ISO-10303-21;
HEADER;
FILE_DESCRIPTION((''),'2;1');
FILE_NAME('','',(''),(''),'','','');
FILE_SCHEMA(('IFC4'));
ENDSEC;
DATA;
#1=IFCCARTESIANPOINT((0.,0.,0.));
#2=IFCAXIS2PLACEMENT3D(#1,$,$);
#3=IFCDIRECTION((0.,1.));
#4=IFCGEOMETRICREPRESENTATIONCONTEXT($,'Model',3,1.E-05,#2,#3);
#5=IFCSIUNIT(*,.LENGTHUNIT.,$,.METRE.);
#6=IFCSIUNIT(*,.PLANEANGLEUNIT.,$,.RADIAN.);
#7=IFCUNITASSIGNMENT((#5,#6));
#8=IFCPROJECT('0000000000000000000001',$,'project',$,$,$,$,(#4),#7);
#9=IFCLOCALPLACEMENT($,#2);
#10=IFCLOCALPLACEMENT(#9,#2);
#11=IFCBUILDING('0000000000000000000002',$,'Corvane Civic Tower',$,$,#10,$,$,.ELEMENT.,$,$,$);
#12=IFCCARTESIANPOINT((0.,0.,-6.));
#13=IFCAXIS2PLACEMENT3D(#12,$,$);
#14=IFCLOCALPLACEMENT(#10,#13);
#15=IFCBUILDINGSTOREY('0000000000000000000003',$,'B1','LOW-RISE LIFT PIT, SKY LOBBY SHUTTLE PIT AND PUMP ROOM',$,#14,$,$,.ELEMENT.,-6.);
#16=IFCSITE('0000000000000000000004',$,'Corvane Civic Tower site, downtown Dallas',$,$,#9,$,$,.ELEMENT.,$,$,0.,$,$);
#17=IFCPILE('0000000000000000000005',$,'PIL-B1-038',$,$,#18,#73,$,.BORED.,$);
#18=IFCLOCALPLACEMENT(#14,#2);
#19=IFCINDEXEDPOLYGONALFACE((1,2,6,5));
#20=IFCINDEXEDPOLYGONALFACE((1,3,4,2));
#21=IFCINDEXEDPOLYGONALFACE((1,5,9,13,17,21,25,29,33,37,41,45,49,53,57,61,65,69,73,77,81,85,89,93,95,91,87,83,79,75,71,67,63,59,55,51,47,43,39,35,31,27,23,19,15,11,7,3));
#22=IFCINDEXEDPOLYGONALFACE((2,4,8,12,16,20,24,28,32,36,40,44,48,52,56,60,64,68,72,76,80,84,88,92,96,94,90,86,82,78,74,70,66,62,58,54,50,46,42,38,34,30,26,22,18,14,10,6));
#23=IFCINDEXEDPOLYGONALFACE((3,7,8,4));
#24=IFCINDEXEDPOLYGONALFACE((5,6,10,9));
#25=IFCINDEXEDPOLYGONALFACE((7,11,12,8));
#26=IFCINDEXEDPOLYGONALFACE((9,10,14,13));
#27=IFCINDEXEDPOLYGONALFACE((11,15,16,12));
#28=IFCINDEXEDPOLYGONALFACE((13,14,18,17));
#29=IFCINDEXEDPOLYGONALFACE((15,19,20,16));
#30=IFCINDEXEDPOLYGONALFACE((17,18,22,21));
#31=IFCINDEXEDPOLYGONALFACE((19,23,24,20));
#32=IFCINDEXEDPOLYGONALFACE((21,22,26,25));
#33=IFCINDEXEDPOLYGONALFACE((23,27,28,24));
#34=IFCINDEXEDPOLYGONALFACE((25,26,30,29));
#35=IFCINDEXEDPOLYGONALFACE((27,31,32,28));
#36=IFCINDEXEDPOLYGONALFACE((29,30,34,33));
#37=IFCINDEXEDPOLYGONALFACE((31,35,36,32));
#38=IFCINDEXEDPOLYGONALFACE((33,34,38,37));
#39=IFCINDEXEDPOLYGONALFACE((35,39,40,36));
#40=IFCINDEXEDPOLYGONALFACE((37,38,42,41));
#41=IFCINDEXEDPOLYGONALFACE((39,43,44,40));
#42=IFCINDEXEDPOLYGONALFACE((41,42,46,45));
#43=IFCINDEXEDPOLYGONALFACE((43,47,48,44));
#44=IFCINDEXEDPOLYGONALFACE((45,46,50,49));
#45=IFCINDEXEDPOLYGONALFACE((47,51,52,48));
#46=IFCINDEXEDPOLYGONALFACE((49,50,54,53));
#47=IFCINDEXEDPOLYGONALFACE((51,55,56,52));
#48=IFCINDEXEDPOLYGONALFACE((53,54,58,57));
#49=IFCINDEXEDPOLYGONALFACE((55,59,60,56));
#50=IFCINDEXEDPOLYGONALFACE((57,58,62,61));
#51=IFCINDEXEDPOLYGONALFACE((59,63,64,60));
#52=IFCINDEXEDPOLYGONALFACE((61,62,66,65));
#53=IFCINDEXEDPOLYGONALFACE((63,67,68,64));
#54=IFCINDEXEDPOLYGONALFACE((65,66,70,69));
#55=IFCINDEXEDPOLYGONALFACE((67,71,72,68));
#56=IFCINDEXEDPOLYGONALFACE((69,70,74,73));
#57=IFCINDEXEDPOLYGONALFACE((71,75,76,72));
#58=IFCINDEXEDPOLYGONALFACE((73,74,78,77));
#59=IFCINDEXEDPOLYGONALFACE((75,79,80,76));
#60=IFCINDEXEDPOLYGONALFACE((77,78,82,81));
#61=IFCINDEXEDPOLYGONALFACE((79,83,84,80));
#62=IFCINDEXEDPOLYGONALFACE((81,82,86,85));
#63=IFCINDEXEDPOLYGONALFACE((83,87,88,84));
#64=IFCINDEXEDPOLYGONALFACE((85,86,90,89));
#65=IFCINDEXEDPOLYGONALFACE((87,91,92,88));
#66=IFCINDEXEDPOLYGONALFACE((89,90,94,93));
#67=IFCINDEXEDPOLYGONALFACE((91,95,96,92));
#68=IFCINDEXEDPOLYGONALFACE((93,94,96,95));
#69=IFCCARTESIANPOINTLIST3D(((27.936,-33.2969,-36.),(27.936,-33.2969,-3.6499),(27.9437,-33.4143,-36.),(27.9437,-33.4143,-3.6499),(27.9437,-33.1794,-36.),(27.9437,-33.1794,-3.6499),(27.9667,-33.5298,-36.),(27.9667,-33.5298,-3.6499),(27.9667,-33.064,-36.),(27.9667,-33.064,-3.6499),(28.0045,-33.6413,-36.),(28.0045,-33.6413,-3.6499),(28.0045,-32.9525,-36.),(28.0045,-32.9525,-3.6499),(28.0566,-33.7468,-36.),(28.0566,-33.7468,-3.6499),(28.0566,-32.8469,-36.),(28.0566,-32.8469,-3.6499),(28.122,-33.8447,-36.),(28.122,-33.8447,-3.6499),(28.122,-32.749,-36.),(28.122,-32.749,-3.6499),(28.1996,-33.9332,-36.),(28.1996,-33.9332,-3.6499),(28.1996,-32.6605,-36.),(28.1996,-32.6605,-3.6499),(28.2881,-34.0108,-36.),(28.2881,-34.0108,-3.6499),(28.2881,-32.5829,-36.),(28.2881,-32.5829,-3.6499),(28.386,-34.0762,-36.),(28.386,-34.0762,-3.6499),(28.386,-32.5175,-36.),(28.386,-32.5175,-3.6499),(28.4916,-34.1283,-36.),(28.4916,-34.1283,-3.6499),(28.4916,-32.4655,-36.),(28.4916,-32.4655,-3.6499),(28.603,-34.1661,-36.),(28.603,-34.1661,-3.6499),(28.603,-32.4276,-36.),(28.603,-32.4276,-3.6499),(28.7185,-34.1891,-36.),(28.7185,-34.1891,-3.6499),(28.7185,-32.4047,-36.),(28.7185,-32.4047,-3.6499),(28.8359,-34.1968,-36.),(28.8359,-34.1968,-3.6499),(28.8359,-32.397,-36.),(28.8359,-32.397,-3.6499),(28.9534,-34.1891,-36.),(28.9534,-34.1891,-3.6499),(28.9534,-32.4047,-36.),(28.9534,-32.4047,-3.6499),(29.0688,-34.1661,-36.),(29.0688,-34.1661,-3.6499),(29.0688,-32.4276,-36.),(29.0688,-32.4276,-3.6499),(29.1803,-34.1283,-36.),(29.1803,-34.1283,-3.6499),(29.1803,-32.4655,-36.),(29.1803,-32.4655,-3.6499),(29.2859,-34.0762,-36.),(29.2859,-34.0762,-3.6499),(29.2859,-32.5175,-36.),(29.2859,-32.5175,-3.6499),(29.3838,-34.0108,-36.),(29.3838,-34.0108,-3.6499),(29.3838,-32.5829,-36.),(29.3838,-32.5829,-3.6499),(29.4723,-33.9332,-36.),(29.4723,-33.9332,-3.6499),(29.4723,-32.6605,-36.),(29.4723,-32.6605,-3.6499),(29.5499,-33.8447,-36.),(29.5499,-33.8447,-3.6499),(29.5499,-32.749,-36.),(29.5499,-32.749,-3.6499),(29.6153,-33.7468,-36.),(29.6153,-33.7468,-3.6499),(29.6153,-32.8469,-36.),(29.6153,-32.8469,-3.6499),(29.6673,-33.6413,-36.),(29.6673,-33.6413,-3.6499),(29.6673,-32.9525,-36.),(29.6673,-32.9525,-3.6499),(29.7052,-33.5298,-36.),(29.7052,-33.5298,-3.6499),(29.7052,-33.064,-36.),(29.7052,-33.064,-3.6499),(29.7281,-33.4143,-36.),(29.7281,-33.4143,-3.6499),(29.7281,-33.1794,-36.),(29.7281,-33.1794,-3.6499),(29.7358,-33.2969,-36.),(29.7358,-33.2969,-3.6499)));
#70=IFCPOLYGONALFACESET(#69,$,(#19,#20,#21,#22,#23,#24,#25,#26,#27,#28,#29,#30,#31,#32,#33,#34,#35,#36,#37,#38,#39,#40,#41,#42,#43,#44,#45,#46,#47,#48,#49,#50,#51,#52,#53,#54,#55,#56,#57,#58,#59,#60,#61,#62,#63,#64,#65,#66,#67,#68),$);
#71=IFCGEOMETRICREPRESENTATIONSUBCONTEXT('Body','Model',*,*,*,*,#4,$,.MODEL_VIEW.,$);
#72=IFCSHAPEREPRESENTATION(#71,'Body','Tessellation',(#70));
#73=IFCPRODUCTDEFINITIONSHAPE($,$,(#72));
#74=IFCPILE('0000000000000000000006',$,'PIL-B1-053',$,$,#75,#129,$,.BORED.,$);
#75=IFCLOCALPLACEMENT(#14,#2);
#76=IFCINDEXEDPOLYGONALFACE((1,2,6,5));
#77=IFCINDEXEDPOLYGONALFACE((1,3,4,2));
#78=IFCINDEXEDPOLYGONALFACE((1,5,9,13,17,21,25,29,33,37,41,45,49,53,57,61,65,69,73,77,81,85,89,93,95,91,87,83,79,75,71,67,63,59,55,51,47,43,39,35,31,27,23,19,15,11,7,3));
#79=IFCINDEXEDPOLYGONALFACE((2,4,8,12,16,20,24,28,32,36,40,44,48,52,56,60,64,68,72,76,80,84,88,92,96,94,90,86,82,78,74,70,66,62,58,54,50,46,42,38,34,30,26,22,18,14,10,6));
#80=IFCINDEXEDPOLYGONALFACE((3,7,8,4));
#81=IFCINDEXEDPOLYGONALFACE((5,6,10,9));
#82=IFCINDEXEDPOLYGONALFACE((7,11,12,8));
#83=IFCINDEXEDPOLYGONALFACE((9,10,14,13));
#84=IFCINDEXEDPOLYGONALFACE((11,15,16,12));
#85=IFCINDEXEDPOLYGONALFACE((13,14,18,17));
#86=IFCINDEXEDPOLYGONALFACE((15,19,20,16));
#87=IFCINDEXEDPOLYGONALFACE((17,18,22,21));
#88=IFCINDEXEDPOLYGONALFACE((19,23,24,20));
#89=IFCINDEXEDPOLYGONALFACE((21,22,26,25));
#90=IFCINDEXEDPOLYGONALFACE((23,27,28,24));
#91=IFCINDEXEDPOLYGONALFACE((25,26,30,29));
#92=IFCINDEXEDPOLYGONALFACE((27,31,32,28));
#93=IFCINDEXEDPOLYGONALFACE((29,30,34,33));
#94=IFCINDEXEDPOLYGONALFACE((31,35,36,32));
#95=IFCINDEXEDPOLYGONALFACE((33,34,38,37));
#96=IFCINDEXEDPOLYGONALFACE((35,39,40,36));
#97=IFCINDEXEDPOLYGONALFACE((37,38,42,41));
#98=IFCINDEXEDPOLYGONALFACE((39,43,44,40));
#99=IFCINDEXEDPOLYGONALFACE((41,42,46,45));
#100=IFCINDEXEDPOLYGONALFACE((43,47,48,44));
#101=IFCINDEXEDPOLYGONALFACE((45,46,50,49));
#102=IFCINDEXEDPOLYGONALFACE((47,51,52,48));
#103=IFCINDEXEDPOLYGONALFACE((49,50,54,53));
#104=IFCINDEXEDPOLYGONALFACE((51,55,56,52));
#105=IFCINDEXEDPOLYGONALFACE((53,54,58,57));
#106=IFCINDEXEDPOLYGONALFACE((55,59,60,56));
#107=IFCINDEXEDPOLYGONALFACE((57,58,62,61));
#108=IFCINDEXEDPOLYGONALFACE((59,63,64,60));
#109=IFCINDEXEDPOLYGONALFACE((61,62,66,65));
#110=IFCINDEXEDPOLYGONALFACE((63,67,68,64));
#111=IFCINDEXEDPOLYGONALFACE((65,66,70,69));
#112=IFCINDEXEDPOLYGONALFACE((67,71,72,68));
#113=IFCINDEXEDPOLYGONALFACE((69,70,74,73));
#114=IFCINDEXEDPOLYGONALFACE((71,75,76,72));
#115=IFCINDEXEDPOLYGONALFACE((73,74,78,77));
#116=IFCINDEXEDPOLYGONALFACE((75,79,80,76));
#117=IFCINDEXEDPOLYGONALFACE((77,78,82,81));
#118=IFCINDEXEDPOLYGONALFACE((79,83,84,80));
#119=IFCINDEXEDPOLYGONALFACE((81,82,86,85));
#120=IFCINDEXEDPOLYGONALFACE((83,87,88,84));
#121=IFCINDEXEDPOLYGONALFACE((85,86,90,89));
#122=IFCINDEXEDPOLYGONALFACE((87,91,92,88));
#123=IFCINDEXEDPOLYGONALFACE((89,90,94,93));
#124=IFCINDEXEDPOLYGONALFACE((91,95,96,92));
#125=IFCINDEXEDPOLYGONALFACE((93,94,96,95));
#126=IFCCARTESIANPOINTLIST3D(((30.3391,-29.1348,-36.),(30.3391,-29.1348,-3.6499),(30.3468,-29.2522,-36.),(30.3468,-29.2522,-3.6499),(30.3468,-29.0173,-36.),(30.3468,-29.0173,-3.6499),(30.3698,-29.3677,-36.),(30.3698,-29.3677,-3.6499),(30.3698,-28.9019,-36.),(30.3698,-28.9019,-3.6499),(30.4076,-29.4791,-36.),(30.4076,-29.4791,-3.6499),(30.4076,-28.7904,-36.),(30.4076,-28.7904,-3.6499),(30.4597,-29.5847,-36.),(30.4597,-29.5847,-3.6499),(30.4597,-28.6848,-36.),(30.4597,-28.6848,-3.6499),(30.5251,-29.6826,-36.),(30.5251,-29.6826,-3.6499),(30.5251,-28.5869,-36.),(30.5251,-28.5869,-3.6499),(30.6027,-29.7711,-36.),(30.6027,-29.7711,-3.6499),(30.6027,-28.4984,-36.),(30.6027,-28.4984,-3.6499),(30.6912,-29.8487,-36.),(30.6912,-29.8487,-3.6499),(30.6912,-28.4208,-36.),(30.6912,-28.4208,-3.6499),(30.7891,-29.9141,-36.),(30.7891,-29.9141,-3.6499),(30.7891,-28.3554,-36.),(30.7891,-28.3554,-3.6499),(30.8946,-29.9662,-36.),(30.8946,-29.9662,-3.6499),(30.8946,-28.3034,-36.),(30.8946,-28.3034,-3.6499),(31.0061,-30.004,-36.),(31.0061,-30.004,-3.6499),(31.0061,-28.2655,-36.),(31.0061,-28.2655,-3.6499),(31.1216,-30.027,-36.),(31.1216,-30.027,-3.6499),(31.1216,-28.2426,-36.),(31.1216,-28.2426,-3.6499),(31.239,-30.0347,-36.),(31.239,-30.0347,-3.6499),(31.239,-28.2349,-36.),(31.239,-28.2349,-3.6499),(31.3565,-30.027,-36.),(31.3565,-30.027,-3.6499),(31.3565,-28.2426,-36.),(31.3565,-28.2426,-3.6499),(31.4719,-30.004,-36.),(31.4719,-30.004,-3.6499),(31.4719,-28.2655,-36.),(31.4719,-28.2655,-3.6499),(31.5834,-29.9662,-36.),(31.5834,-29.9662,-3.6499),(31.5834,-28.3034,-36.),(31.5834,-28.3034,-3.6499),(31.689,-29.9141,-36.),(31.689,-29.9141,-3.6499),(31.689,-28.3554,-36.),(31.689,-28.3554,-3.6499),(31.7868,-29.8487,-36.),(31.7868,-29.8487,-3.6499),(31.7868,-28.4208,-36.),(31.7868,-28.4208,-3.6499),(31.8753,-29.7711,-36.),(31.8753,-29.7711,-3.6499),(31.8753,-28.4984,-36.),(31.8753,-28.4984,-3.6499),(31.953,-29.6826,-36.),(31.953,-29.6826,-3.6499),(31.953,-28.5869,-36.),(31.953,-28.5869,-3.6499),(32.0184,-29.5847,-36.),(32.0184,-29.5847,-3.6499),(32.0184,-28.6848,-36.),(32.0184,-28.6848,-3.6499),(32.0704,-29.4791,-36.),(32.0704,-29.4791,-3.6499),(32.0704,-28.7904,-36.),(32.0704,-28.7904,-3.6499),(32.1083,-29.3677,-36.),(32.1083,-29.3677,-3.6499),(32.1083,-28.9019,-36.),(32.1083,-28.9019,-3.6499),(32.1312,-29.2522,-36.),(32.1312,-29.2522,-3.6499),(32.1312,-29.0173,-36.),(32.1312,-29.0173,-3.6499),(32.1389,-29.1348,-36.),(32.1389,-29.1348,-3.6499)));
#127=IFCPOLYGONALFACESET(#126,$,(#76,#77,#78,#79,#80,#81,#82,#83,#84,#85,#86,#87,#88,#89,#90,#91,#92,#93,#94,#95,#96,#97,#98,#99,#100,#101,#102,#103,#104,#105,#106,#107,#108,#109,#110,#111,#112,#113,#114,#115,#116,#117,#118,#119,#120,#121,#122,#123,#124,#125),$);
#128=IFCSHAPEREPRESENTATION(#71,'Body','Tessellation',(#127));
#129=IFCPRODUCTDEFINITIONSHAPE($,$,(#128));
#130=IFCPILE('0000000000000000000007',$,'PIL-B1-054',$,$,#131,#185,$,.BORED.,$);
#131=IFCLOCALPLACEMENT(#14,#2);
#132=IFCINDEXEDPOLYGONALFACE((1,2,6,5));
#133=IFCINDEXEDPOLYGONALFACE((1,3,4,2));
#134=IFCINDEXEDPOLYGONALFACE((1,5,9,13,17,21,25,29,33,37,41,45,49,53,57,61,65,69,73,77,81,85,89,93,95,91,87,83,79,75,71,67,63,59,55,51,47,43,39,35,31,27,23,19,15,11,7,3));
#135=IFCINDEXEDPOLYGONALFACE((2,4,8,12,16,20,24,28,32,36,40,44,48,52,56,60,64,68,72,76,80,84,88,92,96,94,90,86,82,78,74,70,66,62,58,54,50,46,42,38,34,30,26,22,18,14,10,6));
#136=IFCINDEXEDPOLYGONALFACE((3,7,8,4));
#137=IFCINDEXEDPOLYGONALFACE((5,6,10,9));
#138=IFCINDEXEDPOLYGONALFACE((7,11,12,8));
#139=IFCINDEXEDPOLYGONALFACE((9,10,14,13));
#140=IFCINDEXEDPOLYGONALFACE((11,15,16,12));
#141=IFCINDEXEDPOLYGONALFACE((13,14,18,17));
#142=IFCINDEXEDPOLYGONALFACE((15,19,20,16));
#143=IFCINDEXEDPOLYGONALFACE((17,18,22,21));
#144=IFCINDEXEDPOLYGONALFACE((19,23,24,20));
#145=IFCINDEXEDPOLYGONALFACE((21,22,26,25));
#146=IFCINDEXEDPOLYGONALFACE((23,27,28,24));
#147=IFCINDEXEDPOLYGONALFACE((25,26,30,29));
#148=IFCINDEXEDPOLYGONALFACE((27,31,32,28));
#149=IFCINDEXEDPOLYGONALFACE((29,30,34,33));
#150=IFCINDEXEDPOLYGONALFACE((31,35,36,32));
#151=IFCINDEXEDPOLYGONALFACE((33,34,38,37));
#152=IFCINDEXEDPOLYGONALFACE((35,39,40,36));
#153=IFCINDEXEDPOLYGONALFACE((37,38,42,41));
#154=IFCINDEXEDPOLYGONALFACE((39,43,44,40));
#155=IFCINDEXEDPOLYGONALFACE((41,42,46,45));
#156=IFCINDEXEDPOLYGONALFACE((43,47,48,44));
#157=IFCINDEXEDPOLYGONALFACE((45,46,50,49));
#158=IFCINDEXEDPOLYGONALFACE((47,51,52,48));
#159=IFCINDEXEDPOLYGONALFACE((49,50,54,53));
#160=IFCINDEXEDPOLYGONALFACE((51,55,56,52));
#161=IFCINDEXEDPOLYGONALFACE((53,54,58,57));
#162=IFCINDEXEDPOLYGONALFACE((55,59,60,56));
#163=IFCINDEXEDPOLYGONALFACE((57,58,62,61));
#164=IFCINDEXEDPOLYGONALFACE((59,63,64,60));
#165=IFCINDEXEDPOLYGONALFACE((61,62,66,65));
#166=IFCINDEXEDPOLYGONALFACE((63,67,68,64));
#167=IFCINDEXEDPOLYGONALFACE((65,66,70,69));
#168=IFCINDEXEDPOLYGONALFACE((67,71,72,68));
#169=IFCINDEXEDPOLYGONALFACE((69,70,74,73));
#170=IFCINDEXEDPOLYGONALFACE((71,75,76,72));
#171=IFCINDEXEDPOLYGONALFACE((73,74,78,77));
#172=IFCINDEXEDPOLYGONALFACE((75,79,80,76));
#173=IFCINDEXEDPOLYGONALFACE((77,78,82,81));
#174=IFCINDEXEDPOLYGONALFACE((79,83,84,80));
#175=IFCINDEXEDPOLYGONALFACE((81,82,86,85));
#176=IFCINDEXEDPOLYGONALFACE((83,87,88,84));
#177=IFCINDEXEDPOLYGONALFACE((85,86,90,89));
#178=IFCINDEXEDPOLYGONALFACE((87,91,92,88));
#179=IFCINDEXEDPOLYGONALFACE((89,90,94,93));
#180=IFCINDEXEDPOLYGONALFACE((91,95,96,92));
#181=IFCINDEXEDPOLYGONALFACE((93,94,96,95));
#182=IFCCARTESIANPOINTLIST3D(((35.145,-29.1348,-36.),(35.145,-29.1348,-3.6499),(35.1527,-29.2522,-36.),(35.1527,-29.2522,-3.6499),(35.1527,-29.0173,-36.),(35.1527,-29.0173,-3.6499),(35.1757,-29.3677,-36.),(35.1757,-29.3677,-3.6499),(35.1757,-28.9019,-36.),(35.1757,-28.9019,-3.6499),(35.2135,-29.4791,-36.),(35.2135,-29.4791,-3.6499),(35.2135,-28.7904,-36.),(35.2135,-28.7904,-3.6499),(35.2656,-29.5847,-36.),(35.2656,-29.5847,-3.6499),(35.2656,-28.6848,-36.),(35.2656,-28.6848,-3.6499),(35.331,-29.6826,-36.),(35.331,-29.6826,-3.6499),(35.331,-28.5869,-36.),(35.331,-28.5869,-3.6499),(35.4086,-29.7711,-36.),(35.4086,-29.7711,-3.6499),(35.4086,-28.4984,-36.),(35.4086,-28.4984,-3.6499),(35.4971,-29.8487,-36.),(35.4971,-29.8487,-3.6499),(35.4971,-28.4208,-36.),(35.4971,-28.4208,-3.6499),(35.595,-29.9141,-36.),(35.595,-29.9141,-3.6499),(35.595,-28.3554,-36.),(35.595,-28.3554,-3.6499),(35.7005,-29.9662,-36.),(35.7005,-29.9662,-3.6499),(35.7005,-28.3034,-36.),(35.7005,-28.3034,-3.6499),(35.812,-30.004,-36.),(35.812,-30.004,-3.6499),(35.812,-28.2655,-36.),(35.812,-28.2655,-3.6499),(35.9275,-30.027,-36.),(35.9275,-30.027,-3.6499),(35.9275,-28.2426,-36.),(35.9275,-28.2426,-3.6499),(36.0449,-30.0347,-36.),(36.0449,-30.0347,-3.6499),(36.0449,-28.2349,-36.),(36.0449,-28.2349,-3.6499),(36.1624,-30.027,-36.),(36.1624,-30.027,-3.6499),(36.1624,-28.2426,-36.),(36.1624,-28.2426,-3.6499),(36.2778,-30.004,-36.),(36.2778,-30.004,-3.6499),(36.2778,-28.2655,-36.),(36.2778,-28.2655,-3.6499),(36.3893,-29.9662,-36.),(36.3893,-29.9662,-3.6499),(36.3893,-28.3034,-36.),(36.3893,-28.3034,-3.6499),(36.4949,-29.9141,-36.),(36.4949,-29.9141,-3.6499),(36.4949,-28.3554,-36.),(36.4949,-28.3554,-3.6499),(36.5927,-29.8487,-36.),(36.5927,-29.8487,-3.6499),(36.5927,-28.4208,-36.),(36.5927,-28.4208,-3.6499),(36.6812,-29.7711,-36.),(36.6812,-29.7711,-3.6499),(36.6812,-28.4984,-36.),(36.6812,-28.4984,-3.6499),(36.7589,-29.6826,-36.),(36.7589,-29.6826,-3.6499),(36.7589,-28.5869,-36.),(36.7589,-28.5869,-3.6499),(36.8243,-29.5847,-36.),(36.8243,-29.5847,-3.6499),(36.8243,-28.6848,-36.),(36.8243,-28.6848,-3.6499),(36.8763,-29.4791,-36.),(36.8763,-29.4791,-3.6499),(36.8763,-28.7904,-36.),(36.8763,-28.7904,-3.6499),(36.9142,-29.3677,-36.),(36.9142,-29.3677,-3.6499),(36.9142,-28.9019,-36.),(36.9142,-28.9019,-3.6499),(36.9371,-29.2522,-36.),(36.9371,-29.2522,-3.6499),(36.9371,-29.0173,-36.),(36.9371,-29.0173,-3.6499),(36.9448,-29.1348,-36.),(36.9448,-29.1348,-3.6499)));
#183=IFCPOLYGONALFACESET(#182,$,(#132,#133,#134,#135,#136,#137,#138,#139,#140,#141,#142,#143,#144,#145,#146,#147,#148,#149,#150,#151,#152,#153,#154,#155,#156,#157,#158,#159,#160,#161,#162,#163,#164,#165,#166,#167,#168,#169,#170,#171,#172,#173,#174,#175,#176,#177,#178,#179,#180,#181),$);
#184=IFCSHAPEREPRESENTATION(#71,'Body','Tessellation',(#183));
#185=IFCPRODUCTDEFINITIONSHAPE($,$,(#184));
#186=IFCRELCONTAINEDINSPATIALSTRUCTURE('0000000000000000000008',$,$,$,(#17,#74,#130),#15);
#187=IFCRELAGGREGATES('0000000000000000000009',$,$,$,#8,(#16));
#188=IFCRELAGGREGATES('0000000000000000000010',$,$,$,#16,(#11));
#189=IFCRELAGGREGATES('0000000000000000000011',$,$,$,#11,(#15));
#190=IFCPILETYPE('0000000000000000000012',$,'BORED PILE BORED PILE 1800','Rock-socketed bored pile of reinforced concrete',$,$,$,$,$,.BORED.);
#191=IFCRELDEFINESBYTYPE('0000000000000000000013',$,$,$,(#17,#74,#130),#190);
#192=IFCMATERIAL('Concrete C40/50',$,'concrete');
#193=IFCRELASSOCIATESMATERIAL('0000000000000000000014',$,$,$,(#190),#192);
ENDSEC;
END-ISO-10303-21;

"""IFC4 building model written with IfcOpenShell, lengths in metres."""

from ifc_helpers import new_model, si_unit, direction, frame, origin, origin_2d, place, context, subcontext, project, spatial, circle, extrude, material, material_profile, profile_set, type_object, element, save


model = new_model("IFC4")

# Units and contexts
model_context = context("Model", 3, precision=1e-05, world=origin(), true_north=direction((0.0, 1.0)))
body_context = subcontext(model_context, "Body", "Model", "MODEL_VIEW")
ifc_project = project(units=[si_unit("LENGTHUNIT", "METRE"), si_unit("PLANEANGLEUNIT", "RADIAN")], contexts=[model_context])

# Site, building, storey
site_placement = place(None, origin())
site = spatial("IfcSite", under=ifc_project, at=site_placement, Name="Corvane Civic Tower site, downtown Dallas", CompositionType="ELEMENT", RefElevation=0.0)
building_placement = place(site_placement, origin())
building = spatial("IfcBuilding", under=site, at=building_placement, Name="Corvane Civic Tower", CompositionType="ELEMENT")
storey_placement = place(building_placement, frame((0.0, 0.0, -6.0)))
storey = spatial("IfcBuildingStorey", under=building, at=storey_placement, Name="B1", Description="LOW-RISE LIFT PIT, SKY LOBBY SHUTTLE PIT AND PUMP ROOM", CompositionType="ELEMENT", Elevation=-6.0)

# Piles
ifc_material_1 = material(Name="Concrete C40/50", Category="concrete")
ifc_material_profile_1 = material_profile(ifc_material_1, circle(Radius=0.8999, at=origin_2d()), Name="BORED PILE 1800")
ifc_profile_set_1 = profile_set([ifc_material_profile_1], Name="Concrete C40/50")
pile_type_1 = type_object("IfcPileType", Name="BORED PILE BORED PILE 1800", Description="Rock-socketed bored pile of reinforced concrete", PredefinedType="BORED", material=ifc_profile_set_1)
for number, where, z_axis, x_axis, name in (
    (1, (28.8359, -33.2969, -3.6499), (0.0, 0.0, -1.0), (1.0, 0.0, 0.0), "PIL-B1-038"),
    (2, (31.239, -29.1348, -3.6499), (0.0, 0.0, -1.0), (1.0, 0.0, 0.0), "PIL-B1-053"),
    (3, (36.0449, -29.1348, -3.6499), (0.0, 0.0, -1.0), (1.0, 0.0, 0.0), "PIL-B1-054"),
):
    element("IfcPile", number, at=place(storey_placement, frame(where, z_axis=z_axis, x_axis=x_axis)), inside=storey, type_object=pile_type_1, Name=name, PredefinedType="BORED", context=body_context, shape_type="SweptSolid", body=[
        extrude(circle(Radius=0.8999, at=origin_2d()), origin(), (0.0, 0.0, 1.0), 32.3501),
    ])

save(model, "model.ifc")
